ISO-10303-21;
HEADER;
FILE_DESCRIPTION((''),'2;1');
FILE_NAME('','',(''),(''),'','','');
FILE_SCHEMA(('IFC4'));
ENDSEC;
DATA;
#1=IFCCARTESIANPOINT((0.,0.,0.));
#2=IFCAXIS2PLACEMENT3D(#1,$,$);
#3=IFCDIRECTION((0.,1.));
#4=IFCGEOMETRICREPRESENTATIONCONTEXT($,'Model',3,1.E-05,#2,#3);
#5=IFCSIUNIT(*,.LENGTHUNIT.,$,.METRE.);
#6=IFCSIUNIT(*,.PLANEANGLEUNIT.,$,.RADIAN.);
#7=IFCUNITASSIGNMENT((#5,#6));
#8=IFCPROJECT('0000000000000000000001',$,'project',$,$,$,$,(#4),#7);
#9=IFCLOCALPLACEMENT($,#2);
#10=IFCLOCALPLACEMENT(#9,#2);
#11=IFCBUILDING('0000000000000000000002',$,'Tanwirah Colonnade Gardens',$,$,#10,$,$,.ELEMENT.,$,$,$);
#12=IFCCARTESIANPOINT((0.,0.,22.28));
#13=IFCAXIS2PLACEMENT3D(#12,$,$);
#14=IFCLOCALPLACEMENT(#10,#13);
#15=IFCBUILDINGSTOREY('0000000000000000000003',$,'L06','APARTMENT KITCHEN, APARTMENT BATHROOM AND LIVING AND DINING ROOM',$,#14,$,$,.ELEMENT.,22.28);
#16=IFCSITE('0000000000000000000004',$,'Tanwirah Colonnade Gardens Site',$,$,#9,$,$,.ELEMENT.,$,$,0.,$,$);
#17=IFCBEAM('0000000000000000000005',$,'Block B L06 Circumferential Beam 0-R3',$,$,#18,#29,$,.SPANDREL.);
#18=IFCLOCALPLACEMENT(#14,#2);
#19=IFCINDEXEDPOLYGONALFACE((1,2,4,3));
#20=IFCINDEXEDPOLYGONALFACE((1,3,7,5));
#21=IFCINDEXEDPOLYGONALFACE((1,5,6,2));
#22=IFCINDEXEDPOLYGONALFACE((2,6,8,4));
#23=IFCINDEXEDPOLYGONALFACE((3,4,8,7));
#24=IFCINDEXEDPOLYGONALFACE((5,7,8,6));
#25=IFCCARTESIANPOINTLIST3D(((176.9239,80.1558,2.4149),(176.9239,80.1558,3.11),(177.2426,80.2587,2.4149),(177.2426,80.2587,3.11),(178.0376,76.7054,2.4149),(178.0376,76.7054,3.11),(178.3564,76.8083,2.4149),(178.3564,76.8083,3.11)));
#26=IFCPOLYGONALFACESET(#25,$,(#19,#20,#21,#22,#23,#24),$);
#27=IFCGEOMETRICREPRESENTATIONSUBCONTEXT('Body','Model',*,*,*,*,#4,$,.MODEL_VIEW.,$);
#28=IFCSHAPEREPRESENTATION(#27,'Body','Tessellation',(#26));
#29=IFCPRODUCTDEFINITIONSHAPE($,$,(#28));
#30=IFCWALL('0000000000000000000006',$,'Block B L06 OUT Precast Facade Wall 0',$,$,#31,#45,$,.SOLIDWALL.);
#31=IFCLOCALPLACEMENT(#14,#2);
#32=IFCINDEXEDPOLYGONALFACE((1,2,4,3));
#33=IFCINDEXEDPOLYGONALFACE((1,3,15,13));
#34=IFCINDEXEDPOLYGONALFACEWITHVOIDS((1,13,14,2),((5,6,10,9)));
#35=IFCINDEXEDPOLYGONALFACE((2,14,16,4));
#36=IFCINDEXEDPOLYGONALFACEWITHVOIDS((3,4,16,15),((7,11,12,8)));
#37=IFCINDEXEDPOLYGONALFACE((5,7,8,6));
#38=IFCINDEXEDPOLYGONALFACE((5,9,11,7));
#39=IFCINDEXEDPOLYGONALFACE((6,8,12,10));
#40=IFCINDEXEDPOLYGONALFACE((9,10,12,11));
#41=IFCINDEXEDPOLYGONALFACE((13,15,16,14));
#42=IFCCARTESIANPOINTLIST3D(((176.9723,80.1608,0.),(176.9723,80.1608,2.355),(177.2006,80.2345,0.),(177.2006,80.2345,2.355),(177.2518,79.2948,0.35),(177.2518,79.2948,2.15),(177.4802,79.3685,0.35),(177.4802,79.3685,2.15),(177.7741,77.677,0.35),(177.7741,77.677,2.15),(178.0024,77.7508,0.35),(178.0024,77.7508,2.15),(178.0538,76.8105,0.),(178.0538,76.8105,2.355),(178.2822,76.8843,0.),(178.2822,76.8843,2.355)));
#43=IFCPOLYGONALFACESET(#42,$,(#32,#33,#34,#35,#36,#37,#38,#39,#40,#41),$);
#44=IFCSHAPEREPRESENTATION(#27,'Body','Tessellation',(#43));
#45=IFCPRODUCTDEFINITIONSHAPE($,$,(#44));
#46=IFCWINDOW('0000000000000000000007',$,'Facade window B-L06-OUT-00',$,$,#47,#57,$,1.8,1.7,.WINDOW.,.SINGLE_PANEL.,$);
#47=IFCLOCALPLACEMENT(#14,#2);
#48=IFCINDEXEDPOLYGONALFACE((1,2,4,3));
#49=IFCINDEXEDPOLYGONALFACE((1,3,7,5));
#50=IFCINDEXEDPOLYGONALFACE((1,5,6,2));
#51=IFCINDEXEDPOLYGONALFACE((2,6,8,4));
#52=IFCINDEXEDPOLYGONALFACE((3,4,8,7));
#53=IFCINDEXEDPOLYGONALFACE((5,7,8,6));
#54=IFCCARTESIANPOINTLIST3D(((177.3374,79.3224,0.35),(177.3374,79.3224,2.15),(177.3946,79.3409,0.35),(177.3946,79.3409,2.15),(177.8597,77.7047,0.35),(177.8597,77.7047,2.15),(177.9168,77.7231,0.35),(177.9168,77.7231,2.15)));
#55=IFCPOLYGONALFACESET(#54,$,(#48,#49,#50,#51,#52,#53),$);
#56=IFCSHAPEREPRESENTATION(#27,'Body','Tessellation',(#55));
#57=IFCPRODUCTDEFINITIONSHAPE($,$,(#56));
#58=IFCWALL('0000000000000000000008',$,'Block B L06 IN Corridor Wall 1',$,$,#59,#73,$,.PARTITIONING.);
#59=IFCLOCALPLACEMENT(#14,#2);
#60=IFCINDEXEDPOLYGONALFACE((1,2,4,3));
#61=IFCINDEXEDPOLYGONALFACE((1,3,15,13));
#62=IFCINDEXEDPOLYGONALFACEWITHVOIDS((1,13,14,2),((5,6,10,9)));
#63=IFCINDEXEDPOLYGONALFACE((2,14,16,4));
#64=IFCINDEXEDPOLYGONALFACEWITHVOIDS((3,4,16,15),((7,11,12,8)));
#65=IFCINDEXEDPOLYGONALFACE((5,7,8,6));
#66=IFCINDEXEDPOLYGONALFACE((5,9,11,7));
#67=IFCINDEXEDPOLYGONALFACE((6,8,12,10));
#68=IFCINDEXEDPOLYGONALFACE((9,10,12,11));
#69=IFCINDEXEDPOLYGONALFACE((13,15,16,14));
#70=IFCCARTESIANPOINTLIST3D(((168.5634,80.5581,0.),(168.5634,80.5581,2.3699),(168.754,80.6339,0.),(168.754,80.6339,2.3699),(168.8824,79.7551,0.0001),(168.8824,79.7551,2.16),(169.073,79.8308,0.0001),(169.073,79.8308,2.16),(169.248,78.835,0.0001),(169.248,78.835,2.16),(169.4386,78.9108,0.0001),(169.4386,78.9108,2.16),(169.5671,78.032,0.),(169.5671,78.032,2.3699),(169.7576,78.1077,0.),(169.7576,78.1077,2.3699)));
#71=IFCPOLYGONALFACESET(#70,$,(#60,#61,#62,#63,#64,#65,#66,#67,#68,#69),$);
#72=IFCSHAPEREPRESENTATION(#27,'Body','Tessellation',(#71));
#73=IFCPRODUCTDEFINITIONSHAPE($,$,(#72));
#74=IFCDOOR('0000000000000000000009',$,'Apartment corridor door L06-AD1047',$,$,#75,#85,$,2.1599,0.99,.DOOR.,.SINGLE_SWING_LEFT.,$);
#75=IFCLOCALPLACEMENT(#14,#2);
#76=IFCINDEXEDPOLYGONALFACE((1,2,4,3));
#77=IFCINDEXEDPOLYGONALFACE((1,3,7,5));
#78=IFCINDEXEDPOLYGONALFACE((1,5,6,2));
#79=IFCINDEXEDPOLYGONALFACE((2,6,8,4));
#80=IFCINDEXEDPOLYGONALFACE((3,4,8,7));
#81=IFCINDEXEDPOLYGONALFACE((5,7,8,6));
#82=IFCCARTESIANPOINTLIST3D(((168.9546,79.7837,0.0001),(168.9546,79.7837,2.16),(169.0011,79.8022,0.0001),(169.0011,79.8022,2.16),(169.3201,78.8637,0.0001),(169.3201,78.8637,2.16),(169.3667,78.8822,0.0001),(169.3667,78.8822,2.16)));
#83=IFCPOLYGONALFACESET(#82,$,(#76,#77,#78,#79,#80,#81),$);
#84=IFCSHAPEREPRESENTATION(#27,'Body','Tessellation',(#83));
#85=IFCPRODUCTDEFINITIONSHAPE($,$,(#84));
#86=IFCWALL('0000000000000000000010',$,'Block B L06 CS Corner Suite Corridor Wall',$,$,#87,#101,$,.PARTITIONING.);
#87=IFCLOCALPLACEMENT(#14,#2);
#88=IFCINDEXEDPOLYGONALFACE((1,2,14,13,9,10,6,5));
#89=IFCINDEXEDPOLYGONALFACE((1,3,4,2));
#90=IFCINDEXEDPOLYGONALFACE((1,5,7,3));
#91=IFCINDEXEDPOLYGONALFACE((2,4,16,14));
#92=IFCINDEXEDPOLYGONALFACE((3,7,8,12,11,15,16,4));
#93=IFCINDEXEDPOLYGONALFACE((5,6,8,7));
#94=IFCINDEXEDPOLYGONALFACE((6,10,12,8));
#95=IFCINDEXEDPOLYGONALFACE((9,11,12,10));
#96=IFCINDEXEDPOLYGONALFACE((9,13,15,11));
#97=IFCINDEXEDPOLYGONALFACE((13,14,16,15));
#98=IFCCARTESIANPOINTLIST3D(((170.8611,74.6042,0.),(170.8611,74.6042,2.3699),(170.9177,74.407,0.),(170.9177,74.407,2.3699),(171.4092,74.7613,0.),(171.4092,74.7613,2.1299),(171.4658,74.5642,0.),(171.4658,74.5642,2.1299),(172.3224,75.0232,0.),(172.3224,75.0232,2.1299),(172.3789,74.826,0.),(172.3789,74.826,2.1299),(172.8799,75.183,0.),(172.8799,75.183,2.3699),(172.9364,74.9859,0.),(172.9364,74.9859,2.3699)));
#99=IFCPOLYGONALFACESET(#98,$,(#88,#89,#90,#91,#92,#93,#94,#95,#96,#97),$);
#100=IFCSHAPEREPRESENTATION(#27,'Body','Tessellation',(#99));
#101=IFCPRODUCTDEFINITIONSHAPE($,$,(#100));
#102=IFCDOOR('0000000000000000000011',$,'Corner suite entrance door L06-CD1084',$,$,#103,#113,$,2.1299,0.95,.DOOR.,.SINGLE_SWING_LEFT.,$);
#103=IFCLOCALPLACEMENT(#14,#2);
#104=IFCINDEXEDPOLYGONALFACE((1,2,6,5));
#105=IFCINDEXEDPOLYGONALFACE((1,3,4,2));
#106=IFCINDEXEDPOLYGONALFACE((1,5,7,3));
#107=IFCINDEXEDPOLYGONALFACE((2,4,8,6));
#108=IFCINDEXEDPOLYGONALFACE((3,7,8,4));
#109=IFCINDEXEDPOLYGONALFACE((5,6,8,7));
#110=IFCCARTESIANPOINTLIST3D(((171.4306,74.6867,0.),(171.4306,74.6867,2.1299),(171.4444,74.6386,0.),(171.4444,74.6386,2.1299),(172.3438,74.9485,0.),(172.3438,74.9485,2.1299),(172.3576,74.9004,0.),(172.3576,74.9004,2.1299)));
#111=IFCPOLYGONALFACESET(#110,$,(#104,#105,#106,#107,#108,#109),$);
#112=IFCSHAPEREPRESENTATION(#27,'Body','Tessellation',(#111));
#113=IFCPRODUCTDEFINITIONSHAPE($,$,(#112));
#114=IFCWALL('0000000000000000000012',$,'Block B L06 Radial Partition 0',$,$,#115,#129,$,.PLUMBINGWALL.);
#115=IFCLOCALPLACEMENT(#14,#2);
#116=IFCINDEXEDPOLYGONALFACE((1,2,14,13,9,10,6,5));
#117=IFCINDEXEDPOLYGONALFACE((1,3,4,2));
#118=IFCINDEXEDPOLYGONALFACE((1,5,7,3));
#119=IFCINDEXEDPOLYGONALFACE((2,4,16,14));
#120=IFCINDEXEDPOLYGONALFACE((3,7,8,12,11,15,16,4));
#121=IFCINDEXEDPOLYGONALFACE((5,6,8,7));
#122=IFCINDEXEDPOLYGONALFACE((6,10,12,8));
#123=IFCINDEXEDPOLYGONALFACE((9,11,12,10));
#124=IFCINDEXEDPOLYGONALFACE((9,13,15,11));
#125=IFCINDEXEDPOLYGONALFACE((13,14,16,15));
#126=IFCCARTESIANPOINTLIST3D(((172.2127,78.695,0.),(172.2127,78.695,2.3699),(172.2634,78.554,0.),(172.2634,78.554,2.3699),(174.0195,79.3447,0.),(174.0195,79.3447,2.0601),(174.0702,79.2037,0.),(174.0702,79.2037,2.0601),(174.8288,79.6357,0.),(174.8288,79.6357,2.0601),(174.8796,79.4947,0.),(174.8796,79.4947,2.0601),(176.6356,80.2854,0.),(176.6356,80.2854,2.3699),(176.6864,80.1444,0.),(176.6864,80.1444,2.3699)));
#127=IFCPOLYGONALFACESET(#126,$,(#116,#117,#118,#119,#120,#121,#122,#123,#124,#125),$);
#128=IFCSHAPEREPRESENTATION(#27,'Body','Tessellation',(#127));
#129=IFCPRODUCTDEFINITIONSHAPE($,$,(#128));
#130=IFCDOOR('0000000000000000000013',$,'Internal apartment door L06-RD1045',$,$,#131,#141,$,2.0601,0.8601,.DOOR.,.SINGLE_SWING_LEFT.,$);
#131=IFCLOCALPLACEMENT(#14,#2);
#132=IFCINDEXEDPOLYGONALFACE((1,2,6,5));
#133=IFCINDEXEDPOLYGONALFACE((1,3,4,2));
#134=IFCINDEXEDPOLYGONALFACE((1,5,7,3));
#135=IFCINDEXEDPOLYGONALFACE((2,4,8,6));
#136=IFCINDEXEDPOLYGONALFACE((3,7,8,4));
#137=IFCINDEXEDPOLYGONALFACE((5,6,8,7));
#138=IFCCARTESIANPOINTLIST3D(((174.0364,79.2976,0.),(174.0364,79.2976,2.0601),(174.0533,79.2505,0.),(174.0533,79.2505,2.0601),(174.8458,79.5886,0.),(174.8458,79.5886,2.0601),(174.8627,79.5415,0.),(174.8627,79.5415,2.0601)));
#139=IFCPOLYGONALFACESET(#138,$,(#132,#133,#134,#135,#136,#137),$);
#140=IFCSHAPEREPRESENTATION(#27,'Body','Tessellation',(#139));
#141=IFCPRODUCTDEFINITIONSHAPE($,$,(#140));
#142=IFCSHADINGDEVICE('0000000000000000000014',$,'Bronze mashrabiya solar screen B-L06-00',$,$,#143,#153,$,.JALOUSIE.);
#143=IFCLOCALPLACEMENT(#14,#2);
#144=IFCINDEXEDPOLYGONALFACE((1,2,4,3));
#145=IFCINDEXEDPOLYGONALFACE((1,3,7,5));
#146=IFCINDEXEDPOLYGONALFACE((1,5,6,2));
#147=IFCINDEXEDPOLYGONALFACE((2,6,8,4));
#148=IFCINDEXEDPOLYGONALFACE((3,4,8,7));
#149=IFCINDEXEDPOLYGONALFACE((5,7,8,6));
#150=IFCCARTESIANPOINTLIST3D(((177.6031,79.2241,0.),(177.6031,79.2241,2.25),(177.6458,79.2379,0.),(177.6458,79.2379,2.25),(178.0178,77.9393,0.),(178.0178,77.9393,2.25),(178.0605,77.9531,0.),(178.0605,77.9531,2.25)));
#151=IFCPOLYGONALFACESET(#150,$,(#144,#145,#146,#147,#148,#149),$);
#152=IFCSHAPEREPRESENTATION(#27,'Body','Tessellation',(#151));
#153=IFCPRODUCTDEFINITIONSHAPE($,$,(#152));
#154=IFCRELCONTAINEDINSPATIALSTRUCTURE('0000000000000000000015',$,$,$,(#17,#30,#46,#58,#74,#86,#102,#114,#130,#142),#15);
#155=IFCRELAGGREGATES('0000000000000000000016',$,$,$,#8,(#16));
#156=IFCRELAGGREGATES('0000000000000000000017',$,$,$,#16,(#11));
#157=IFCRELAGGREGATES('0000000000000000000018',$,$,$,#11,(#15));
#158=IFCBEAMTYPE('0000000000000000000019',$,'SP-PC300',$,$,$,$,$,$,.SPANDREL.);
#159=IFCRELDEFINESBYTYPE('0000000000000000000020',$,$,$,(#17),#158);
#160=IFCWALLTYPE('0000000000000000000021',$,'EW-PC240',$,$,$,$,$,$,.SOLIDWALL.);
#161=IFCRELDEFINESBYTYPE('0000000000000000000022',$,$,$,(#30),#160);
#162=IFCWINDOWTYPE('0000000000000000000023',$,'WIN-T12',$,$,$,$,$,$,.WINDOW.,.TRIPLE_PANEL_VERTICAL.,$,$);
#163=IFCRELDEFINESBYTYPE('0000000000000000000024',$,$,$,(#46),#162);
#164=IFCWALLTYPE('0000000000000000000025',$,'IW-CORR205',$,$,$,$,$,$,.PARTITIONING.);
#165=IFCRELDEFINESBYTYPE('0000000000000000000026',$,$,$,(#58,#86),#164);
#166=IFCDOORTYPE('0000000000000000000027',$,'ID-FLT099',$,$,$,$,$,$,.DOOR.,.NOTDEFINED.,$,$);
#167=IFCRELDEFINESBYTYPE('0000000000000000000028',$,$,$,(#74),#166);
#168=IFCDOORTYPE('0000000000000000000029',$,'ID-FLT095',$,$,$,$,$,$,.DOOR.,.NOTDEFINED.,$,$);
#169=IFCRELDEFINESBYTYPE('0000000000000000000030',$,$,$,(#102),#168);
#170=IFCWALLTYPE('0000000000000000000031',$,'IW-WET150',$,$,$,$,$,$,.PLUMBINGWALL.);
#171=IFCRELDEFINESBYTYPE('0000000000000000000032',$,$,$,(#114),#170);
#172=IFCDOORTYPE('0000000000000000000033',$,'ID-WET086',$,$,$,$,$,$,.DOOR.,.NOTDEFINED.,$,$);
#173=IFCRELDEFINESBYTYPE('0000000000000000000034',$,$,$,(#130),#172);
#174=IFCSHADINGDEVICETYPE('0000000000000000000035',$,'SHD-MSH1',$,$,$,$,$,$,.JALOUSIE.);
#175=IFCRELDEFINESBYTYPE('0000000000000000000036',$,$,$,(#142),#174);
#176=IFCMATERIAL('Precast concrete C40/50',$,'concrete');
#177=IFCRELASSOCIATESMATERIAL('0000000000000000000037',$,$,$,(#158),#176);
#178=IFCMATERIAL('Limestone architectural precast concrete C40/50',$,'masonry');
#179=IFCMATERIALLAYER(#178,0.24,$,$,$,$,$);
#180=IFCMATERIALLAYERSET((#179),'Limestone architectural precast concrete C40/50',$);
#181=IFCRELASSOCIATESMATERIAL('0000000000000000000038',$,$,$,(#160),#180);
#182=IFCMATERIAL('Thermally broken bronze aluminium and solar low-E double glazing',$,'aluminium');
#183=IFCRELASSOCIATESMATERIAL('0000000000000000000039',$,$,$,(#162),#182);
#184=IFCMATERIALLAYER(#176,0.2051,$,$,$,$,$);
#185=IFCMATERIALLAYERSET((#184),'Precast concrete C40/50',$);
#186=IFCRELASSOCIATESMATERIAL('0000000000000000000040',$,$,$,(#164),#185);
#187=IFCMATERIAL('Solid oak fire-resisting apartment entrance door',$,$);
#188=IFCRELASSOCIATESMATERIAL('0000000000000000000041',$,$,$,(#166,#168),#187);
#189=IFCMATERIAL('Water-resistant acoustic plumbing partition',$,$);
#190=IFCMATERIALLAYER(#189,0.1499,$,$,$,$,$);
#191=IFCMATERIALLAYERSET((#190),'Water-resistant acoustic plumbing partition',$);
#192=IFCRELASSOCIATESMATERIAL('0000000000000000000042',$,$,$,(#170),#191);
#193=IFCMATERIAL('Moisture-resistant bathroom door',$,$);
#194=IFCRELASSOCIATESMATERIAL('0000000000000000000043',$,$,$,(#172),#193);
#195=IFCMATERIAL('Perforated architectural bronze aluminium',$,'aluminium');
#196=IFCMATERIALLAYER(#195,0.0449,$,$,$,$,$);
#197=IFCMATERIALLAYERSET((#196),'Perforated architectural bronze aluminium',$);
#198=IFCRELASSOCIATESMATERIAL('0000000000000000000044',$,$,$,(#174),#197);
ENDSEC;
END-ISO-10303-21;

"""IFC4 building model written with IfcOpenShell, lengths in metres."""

from ifc_helpers import new_model, si_unit, direction, frame, frame_2d, origin, origin_2d, place, context, subcontext, project, spatial, rectangle, extrude, material, layer, layer_set, material_profile, profile_set, type_object, element, fill, save


model = new_model("IFC4")

# Units and contexts
model_context = context("Model", 3, precision=1e-05, world=origin(), true_north=direction((0.0, 1.0)))
body_context = subcontext(model_context, "Body", "Model", "MODEL_VIEW")
ifc_project = project(units=[si_unit("LENGTHUNIT", "METRE"), si_unit("PLANEANGLEUNIT", "RADIAN")], contexts=[model_context])

# Site, building, storey
site_placement = place(None, origin())
site = spatial("IfcSite", under=ifc_project, at=site_placement, Name="Tanwirah Colonnade Gardens Site", CompositionType="ELEMENT", RefElevation=0.0)
building_placement = place(site_placement, origin())
building = spatial("IfcBuilding", under=site, at=building_placement, Name="Tanwirah Colonnade Gardens", CompositionType="ELEMENT")
storey_placement = place(building_placement, frame((0.0, 0.0, 22.28)))
storey = spatial("IfcBuildingStorey", under=building, at=storey_placement, Name="L06", Description="APARTMENT KITCHEN, APARTMENT BATHROOM AND LIVING AND DINING ROOM", CompositionType="ELEMENT", Elevation=22.28)

# Beam
ifc_material_1 = material(Name="Precast concrete C40/50", Category="concrete")
ifc_material_profile_1 = material_profile(ifc_material_1, rectangle(XDim=0.335, YDim=0.6951, at=origin_2d()), Name="PC-SP 335x695")
ifc_profile_set_1 = profile_set([ifc_material_profile_1], Name="Precast concrete C40/50")
beam_type_1 = type_object("IfcBeamType", Name="SP-PC300", PredefinedType="SPANDREL", material=ifc_profile_set_1)
beam_1_placement = place(storey_placement, frame((178.197, 76.7568, 2.7625), z_axis=(-0.307184, 0.95165, 0.0), x_axis=(-0.95165, -0.307184, 0.0)))
element("IfcBeam", 1, at=beam_1_placement, inside=storey, type_object=beam_type_1, Name="Block B L06 Circumferential Beam 0-R3", PredefinedType="SPANDREL", context=body_context, shape_type="SweptSolid", body=[
    extrude(rectangle(XDim=0.335, YDim=0.6951, at=origin_2d()), origin(), (0.0, 0.0, 1.0), 3.6257),
])

# Wall, opening, window
ifc_material_2 = material(Name="Limestone architectural precast concrete C40/50", Category="masonry")
ifc_layer_1 = layer(ifc_material_2, 0.24)
ifc_layer_set_1 = layer_set([ifc_layer_1], Name="Limestone architectural precast concrete C40/50")
wall_type_1 = type_object("IfcWallType", Name="EW-PC240", PredefinedType="SOLIDWALL", material=ifc_layer_set_1)
wall_1_placement = place(storey_placement, frame((178.168, 76.8474, 0.0), z_axis=(0.0, 0.0, 1.0), x_axis=(-0.307205, 0.951643, 0.0)))
wall_1 = element("IfcWall", 2, at=wall_1_placement, inside=storey, type_object=wall_type_1, Name="Block B L06 OUT Precast Facade Wall 0", PredefinedType="SOLIDWALL", context=body_context, shape_type="SweptSolid", body=[
    extrude(rectangle(XDim=3.5205, YDim=0.24, at=frame_2d((1.7603, 0.0))), origin(), (0.0, 0.0, 1.0), 2.355),
])
opening_1_placement = place(wall_1_placement, frame((0.9104, 0.0, 0.3501)))
opening_1 = element("IfcOpeningElement", 3, at=opening_1_placement, cuts=wall_1, PredefinedType="OPENING", context=body_context, shape_type="SweptSolid", body=[
    extrude(rectangle(XDim=1.7, YDim=1.8, at=frame_2d((0.8501, 0.8999))), frame((0.0, 0.1299, 0.0), z_axis=(0.0, -1.0, 0.0), x_axis=(1.0, 0.0, 0.0)), (0.0, 0.0, 1.0), 0.26),
])
ifc_material_3 = material(Name="Thermally broken bronze aluminium and solar low-E double glazing", Category="aluminium")
window_type = type_object("IfcWindowType", Name="WIN-T12", PartitioningType="TRIPLE_PANEL_VERTICAL", PredefinedType="WINDOW", material=ifc_material_3)
window_placement = place(opening_1_placement, origin())
window = element("IfcWindow", 4, at=window_placement, inside=storey, type_object=window_type, Name="Facade window B-L06-OUT-00", OverallHeight=1.8, OverallWidth=1.7, PartitioningType="SINGLE_PANEL", PredefinedType="WINDOW", context=body_context, shape_type="SweptSolid", body=[
    extrude(rectangle(XDim=1.7, YDim=1.8, at=frame_2d((0.8501, 0.8999))), frame((0.0, 0.03, 0.0), z_axis=(0.0, -1.0, 0.0), x_axis=(1.0, 0.0, 0.0)), (0.0, 0.0, 1.0), 0.0601),
])
fill(opening_1, window)

# Walls, openings, doors
ifc_layer_2 = layer(ifc_material_1, 0.2051)
ifc_layer_set_2 = layer_set([ifc_layer_2], Name="Precast concrete C40/50")
wall_type_2 = type_object("IfcWallType", Name="IW-CORR205", PredefinedType="PARTITIONING", material=ifc_layer_set_2)
ifc_material_4 = material(Name="Solid oak fire-resisting apartment entrance door")
wall_2_placement = place(storey_placement, frame((169.6624, 78.0698, 0.0), z_axis=(0.0, 0.0, 1.0), x_axis=(-0.369237, 0.929335, 0.0)))
wall_2 = element("IfcWall", 5, at=wall_2_placement, inside=storey, type_object=wall_type_2, Name="Block B L06 IN Corridor Wall 1", PredefinedType="PARTITIONING", context=body_context, shape_type="SweptSolid", body=[
    extrude(rectangle(XDim=2.7183, YDim=0.2051, at=frame_2d((1.3591, 0.0))), origin(), (0.0, 0.0, 1.0), 2.3699),
])
opening_2_placement = place(wall_2_placement, frame((0.864, 0.0, 0.0)))
opening_2 = element("IfcOpeningElement", 6, at=opening_2_placement, cuts=wall_2, PredefinedType="OPENING", context=body_context, shape_type="SweptSolid", body=[
    extrude(rectangle(XDim=0.99, YDim=2.1599, at=frame_2d((0.4951, 1.0801))), frame((0.0, 0.1125, 0.0), z_axis=(0.0, -1.0, 0.0), x_axis=(1.0, 0.0, 0.0)), (0.0, 0.0, 1.0), 0.2251),
])
door_type_1 = type_object("IfcDoorType", Name="ID-FLT099", OperationType="NOTDEFINED", PredefinedType="DOOR", material=ifc_material_4)
door_1_placement = place(opening_2_placement, origin())
door_1 = element("IfcDoor", 7, at=door_1_placement, inside=storey, type_object=door_type_1, Name="Apartment corridor door L06-AD1047", OperationType="SINGLE_SWING_LEFT", OverallHeight=2.1599, OverallWidth=0.99, PredefinedType="DOOR", context=body_context, shape_type="SweptSolid", body=[
    extrude(rectangle(XDim=0.99, YDim=2.1599, at=frame_2d((0.4951, 1.0801))), frame((0.0, 0.0249, 0.0), z_axis=(0.0, -1.0, 0.0), x_axis=(1.0, 0.0, 0.0)), (0.0, 0.0, 1.0), 0.05),
])
fill(opening_2, door_1)
wall_3_placement = place(storey_placement, frame((170.8894, 74.5056, 0.0), z_axis=(0.0, 0.0, 1.0), x_axis=(0.961265, 0.275627, 0.0)))
wall_3 = element("IfcWall", 8, at=wall_3_placement, inside=storey, type_object=wall_type_2, Name="Block B L06 CS Corner Suite Corridor Wall", PredefinedType="PARTITIONING", context=body_context, shape_type="SweptSolid", body=[
    extrude(rectangle(XDim=2.1001, YDim=0.2051, at=frame_2d((1.05, 0.0))), origin(), (0.0, 0.0, 1.0), 2.3699),
])
opening_3_placement = place(wall_3_placement, frame((0.5701, 0.0, 0.0)))
opening_3 = element("IfcOpeningElement", 9, at=opening_3_placement, cuts=wall_3, PredefinedType="OPENING", context=body_context, shape_type="SweptSolid", body=[
    extrude(rectangle(XDim=0.95, YDim=2.1299, at=frame_2d((0.4751, 1.0649))), frame((0.0, 0.1125, 0.0), z_axis=(0.0, -1.0, 0.0), x_axis=(1.0, 0.0, 0.0)), (0.0, 0.0, 1.0), 0.2251),
])
door_type_2 = type_object("IfcDoorType", Name="ID-FLT095", OperationType="NOTDEFINED", PredefinedType="DOOR", material=ifc_material_4)
door_2_placement = place(opening_3_placement, origin())
door_2 = element("IfcDoor", 10, at=door_2_placement, inside=storey, type_object=door_type_2, Name="Corner suite entrance door L06-CD1084", OperationType="SINGLE_SWING_LEFT", OverallHeight=2.1299, OverallWidth=0.95, PredefinedType="DOOR", context=body_context, shape_type="SweptSolid", body=[
    extrude(rectangle(XDim=0.95, YDim=2.1299, at=frame_2d((0.4751, 1.0649))), frame((0.0, 0.0249, 0.0), z_axis=(0.0, -1.0, 0.0), x_axis=(1.0, 0.0, 0.0)), (0.0, 0.0, 1.0), 0.05),
])
fill(opening_3, door_2)
ifc_material_5 = material(Name="Water-resistant acoustic plumbing partition")
ifc_layer_3 = layer(ifc_material_5, 0.1499)
ifc_layer_set_3 = layer_set([ifc_layer_3], Name="Water-resistant acoustic plumbing partition")
wall_type_3 = type_object("IfcWallType", Name="IW-WET150", PredefinedType="PLUMBINGWALL", material=ifc_layer_set_3)
wall_4_placement = place(storey_placement, frame((172.238, 78.6245, 0.0), z_axis=(0.0, 0.0, 1.0), x_axis=(0.941016, 0.338363, 0.0)))
wall_4 = element("IfcWall", 11, at=wall_4_placement, inside=storey, type_object=wall_type_3, Name="Block B L06 Radial Partition 0", PredefinedType="PLUMBINGWALL", context=body_context, shape_type="SweptSolid", body=[
    extrude(rectangle(XDim=4.7002, YDim=0.1499, at=frame_2d((2.3501, 0.0))), origin(), (0.0, 0.0, 1.0), 2.3699),
])
opening_4_placement = place(wall_4_placement, frame((1.9199, 0.0, 0.0)))
opening_4 = element("IfcOpeningElement", 12, at=opening_4_placement, cuts=wall_4, PredefinedType="OPENING", context=body_context, shape_type="SweptSolid", body=[
    extrude(rectangle(XDim=0.8601, YDim=2.0601, at=frame_2d((0.4302, 1.03))), frame((0.0, 0.085, 0.0), z_axis=(0.0, -1.0, 0.0), x_axis=(1.0, 0.0, 0.0)), (0.0, 0.0, 1.0), 0.1699),
])
ifc_material_6 = material(Name="Moisture-resistant bathroom door")
door_type_3 = type_object("IfcDoorType", Name="ID-WET086", OperationType="NOTDEFINED", PredefinedType="DOOR", material=ifc_material_6)
door_3_placement = place(opening_4_placement, origin())
door_3 = element("IfcDoor", 13, at=door_3_placement, inside=storey, type_object=door_type_3, Name="Internal apartment door L06-RD1045", OperationType="SINGLE_SWING_LEFT", OverallHeight=2.0601, OverallWidth=0.8601, PredefinedType="DOOR", context=body_context, shape_type="SweptSolid", body=[
    extrude(rectangle(XDim=0.8601, YDim=2.0601, at=frame_2d((0.4302, 1.03))), frame((0.0, 0.0249, 0.0), z_axis=(0.0, -1.0, 0.0), x_axis=(1.0, 0.0, 0.0)), (0.0, 0.0, 1.0), 0.05),
])
fill(opening_4, door_3)

# Shading device
ifc_material_7 = material(Name="Perforated architectural bronze aluminium", Category="aluminium")
ifc_layer_4 = layer(ifc_material_7, 0.0449)
ifc_layer_set_4 = layer_set([ifc_layer_4], Name="Perforated architectural bronze aluminium")
shading_device_type = type_object("IfcShadingDeviceType", Name="SHD-MSH1", PredefinedType="JALOUSIE", material=ifc_layer_set_4)
shading_device_placement = place(storey_placement, frame((177.8318, 78.5886, 0.0), z_axis=(0.0, 0.0, 1.0), x_axis=(-0.307172, 0.951654, 0.0)))
element("IfcShadingDevice", 14, at=shading_device_placement, inside=storey, type_object=shading_device_type, Name="Bronze mashrabiya solar screen B-L06-00", PredefinedType="JALOUSIE", context=body_context, shape_type="SweptSolid", body=[
    extrude(rectangle(XDim=1.3501, YDim=0.0449, at=origin_2d()), origin(), (0.0, 0.0, 1.0), 2.25),
])

save(model, "model.ifc")
